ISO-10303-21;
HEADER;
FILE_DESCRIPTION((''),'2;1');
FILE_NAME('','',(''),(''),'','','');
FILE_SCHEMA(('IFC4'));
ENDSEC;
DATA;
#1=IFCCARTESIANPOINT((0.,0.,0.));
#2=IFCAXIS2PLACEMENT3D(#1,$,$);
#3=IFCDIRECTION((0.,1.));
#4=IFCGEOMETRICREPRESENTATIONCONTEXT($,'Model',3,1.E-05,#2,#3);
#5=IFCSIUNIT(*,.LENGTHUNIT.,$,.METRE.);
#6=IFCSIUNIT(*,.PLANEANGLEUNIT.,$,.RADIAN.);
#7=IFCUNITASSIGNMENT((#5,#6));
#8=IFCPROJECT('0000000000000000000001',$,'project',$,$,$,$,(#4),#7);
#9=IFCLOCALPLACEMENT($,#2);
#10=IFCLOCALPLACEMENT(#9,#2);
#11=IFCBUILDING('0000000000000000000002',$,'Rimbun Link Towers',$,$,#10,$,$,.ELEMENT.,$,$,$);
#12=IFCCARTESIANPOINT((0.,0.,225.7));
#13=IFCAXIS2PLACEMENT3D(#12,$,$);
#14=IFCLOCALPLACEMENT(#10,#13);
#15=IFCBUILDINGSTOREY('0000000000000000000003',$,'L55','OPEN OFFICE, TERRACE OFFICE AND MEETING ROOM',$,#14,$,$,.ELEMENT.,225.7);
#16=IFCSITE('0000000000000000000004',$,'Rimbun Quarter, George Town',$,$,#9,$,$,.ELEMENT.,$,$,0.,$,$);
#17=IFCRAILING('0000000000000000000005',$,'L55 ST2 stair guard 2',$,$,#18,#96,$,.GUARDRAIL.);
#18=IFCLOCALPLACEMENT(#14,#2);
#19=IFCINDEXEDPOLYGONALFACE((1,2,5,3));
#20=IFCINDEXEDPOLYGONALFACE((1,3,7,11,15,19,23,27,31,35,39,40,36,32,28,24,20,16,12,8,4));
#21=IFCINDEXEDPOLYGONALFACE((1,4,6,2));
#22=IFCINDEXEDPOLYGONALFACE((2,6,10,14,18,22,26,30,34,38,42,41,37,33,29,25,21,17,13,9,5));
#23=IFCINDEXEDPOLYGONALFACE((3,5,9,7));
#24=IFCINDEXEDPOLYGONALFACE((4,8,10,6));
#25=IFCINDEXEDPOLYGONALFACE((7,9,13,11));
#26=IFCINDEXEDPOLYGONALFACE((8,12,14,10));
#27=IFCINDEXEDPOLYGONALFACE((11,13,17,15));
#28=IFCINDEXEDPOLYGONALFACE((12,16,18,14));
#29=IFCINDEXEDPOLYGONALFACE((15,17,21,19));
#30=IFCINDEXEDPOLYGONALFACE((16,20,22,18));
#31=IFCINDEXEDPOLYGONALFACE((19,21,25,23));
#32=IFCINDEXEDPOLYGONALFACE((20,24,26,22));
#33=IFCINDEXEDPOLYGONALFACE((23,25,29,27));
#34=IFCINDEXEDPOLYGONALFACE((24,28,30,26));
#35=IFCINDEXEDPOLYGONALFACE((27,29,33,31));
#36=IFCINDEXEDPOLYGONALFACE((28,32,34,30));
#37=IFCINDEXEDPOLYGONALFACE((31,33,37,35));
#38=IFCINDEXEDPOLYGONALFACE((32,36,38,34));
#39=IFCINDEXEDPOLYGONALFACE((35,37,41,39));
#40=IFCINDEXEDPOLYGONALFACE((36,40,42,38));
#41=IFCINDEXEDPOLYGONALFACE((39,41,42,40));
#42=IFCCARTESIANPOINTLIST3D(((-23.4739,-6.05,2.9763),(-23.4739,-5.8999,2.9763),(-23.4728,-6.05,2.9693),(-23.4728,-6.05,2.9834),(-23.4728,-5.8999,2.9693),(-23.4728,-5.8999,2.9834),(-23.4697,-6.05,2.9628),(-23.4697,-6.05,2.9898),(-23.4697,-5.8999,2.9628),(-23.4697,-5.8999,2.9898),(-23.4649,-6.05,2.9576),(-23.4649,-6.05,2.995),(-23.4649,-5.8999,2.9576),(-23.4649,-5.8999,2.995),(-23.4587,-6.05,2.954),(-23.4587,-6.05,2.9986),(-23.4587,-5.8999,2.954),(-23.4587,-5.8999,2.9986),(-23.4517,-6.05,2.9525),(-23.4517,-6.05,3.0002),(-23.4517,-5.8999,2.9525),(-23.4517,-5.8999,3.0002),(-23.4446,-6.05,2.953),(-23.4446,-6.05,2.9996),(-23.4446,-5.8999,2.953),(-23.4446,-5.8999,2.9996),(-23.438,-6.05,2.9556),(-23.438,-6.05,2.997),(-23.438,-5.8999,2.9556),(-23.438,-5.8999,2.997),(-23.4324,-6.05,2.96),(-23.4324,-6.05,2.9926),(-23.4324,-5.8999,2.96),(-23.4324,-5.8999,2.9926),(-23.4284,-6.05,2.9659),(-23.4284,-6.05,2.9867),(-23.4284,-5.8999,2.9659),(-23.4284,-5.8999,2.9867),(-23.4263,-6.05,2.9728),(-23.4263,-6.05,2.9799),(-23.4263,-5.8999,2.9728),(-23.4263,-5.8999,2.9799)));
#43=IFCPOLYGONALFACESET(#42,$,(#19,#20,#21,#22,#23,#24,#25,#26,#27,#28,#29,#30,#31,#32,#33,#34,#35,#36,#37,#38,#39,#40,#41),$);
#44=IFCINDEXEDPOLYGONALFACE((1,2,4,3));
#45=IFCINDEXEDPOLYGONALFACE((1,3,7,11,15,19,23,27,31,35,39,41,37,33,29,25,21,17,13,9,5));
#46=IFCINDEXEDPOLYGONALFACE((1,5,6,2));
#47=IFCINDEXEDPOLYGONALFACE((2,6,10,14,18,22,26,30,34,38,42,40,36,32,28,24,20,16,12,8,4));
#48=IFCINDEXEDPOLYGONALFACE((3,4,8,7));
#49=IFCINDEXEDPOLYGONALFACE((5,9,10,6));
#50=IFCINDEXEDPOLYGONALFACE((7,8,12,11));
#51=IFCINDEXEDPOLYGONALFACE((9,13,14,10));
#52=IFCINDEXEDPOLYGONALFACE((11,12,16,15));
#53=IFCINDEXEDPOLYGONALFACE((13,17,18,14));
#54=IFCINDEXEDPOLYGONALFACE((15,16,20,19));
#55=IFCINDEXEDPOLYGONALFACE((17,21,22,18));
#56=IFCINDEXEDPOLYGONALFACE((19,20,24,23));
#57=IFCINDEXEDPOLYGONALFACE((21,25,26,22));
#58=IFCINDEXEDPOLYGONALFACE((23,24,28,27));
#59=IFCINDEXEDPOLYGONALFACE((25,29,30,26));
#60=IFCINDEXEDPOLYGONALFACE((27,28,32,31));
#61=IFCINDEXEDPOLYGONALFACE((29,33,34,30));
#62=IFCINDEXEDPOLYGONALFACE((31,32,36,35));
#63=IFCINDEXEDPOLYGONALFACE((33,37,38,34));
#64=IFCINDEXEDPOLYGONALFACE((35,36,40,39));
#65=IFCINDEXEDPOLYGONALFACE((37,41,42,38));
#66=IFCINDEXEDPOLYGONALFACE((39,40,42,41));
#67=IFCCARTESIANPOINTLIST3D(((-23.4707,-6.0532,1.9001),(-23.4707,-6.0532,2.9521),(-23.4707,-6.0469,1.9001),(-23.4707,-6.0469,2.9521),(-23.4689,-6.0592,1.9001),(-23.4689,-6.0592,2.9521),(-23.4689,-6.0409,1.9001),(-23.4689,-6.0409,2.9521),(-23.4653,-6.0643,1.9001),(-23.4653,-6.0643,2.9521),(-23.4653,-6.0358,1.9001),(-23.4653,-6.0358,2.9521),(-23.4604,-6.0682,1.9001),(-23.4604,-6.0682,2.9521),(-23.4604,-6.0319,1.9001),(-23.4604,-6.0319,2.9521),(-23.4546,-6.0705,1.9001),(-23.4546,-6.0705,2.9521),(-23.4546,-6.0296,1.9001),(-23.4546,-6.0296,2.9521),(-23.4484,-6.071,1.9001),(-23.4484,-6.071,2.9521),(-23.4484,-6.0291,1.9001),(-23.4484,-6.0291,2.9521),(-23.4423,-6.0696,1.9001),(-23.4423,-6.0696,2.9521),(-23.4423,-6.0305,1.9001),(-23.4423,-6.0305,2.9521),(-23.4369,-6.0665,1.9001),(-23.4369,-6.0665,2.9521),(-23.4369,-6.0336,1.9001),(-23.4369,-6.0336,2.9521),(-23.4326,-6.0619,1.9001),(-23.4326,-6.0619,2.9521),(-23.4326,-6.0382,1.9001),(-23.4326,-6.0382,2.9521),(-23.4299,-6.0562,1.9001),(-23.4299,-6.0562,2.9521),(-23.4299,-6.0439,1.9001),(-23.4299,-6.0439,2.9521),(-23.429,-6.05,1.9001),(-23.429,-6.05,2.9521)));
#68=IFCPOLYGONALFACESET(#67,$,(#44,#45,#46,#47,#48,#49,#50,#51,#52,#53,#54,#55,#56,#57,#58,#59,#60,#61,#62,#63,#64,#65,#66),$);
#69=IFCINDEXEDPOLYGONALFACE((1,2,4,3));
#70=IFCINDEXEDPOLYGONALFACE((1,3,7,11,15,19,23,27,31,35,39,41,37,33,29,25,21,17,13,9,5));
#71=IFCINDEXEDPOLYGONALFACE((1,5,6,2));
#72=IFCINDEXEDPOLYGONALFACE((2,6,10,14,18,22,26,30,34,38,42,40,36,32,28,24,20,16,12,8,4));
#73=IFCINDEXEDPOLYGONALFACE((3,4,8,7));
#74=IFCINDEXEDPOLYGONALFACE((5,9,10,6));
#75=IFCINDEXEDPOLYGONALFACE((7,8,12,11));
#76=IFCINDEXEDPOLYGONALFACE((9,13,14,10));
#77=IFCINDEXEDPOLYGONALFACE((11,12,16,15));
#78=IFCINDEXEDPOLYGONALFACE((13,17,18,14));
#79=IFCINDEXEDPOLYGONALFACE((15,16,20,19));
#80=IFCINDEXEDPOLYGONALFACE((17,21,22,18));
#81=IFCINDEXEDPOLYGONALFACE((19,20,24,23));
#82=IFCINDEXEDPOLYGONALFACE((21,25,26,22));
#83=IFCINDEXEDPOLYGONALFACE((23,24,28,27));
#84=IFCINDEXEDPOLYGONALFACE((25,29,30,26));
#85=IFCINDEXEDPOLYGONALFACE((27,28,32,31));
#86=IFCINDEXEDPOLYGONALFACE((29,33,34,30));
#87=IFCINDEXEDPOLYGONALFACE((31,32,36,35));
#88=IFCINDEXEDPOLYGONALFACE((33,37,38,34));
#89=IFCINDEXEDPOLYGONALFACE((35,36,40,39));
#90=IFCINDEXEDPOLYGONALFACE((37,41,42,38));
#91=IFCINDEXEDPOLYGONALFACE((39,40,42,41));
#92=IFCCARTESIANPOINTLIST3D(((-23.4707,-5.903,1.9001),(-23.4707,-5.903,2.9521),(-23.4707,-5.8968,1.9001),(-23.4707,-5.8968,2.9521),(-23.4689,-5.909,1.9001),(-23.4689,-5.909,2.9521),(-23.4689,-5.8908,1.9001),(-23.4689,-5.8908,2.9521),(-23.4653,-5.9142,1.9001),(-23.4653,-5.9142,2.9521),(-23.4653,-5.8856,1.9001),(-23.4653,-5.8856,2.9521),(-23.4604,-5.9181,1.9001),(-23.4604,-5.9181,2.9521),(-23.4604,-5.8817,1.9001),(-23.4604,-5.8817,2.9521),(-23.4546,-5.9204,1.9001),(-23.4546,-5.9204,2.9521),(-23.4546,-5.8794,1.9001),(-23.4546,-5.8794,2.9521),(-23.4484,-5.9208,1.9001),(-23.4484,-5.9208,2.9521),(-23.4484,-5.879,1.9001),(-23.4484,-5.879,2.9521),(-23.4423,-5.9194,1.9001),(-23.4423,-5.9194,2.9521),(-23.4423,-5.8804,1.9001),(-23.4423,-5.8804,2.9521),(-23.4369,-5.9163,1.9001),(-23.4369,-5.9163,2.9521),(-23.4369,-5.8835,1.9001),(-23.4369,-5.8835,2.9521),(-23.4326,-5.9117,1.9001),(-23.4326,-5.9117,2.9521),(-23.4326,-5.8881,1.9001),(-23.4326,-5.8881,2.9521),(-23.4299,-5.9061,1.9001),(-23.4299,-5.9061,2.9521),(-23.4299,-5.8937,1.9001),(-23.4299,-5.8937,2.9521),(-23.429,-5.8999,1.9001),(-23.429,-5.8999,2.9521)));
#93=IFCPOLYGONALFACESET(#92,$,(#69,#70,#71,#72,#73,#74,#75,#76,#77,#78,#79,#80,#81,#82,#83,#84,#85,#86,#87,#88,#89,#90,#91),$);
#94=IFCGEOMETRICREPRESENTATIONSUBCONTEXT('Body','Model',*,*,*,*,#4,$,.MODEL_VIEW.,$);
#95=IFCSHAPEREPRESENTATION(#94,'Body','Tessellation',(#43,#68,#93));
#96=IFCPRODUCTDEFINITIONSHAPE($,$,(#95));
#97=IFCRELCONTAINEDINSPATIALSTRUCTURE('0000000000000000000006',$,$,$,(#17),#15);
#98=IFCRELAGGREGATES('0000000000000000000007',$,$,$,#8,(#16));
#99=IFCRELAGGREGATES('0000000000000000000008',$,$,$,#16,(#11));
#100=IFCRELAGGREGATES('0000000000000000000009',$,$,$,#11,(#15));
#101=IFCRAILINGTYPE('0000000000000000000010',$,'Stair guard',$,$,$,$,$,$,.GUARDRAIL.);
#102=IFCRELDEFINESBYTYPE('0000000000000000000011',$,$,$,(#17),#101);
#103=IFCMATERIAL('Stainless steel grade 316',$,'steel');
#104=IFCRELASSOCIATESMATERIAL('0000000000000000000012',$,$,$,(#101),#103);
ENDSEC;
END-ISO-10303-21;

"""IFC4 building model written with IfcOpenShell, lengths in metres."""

from ifc_helpers import new_model, si_unit, direction, frame, origin, origin_2d, place, context, subcontext, project, spatial, circle, extrude, material, type_object, element, save


model = new_model("IFC4")

# Units and contexts
model_context = context("Model", 3, precision=1e-05, world=origin(), true_north=direction((0.0, 1.0)))
body_context = subcontext(model_context, "Body", "Model", "MODEL_VIEW")
ifc_project = project(units=[si_unit("LENGTHUNIT", "METRE"), si_unit("PLANEANGLEUNIT", "RADIAN")], contexts=[model_context])

# Site, building, storey
site_placement = place(None, origin())
site = spatial("IfcSite", under=ifc_project, at=site_placement, Name="Rimbun Quarter, George Town", CompositionType="ELEMENT", RefElevation=0.0)
building_placement = place(site_placement, origin())
building = spatial("IfcBuilding", under=site, at=building_placement, Name="Rimbun Link Towers", CompositionType="ELEMENT")
storey_placement = place(building_placement, frame((0.0, 0.0, 225.7)))
storey = spatial("IfcBuildingStorey", under=building, at=storey_placement, Name="L55", Description="OPEN OFFICE, TERRACE OFFICE AND MEETING ROOM", CompositionType="ELEMENT", Elevation=225.7)

# Railing
ifc_material_1 = material(Name="Stainless steel grade 316", Category="steel")
railing_type_1 = type_object("IfcRailingType", Name="Stair guard", PredefinedType="GUARDRAIL", material=ifc_material_1)
railing_1_placement = place(storey_placement, frame((-23.45, -6.05, 1.9001)))
element("IfcRailing", 1, at=railing_1_placement, inside=storey, type_object=railing_type_1, Name="L55 ST2 stair guard 2", PredefinedType="GUARDRAIL", context=body_context, shape_type="SweptSolid", body=[
    extrude(circle(Radius=0.0239, at=origin_2d()), frame((0.0, 0.0, 1.0762), z_axis=(0.0, 1.0, 0.0), x_axis=(-1.0, 0.0, 0.0)), (0.0, 0.0, 1.0), 0.1501),
    extrude(circle(Radius=0.021, at=origin_2d()), origin(), (0.0, 0.0, 1.0), 1.052),
    extrude(circle(Radius=0.021, at=origin_2d()), frame((0.0, 0.1501, 0.0)), (0.0, 0.0, 1.0), 1.052),
])

save(model, "model.ifc")
